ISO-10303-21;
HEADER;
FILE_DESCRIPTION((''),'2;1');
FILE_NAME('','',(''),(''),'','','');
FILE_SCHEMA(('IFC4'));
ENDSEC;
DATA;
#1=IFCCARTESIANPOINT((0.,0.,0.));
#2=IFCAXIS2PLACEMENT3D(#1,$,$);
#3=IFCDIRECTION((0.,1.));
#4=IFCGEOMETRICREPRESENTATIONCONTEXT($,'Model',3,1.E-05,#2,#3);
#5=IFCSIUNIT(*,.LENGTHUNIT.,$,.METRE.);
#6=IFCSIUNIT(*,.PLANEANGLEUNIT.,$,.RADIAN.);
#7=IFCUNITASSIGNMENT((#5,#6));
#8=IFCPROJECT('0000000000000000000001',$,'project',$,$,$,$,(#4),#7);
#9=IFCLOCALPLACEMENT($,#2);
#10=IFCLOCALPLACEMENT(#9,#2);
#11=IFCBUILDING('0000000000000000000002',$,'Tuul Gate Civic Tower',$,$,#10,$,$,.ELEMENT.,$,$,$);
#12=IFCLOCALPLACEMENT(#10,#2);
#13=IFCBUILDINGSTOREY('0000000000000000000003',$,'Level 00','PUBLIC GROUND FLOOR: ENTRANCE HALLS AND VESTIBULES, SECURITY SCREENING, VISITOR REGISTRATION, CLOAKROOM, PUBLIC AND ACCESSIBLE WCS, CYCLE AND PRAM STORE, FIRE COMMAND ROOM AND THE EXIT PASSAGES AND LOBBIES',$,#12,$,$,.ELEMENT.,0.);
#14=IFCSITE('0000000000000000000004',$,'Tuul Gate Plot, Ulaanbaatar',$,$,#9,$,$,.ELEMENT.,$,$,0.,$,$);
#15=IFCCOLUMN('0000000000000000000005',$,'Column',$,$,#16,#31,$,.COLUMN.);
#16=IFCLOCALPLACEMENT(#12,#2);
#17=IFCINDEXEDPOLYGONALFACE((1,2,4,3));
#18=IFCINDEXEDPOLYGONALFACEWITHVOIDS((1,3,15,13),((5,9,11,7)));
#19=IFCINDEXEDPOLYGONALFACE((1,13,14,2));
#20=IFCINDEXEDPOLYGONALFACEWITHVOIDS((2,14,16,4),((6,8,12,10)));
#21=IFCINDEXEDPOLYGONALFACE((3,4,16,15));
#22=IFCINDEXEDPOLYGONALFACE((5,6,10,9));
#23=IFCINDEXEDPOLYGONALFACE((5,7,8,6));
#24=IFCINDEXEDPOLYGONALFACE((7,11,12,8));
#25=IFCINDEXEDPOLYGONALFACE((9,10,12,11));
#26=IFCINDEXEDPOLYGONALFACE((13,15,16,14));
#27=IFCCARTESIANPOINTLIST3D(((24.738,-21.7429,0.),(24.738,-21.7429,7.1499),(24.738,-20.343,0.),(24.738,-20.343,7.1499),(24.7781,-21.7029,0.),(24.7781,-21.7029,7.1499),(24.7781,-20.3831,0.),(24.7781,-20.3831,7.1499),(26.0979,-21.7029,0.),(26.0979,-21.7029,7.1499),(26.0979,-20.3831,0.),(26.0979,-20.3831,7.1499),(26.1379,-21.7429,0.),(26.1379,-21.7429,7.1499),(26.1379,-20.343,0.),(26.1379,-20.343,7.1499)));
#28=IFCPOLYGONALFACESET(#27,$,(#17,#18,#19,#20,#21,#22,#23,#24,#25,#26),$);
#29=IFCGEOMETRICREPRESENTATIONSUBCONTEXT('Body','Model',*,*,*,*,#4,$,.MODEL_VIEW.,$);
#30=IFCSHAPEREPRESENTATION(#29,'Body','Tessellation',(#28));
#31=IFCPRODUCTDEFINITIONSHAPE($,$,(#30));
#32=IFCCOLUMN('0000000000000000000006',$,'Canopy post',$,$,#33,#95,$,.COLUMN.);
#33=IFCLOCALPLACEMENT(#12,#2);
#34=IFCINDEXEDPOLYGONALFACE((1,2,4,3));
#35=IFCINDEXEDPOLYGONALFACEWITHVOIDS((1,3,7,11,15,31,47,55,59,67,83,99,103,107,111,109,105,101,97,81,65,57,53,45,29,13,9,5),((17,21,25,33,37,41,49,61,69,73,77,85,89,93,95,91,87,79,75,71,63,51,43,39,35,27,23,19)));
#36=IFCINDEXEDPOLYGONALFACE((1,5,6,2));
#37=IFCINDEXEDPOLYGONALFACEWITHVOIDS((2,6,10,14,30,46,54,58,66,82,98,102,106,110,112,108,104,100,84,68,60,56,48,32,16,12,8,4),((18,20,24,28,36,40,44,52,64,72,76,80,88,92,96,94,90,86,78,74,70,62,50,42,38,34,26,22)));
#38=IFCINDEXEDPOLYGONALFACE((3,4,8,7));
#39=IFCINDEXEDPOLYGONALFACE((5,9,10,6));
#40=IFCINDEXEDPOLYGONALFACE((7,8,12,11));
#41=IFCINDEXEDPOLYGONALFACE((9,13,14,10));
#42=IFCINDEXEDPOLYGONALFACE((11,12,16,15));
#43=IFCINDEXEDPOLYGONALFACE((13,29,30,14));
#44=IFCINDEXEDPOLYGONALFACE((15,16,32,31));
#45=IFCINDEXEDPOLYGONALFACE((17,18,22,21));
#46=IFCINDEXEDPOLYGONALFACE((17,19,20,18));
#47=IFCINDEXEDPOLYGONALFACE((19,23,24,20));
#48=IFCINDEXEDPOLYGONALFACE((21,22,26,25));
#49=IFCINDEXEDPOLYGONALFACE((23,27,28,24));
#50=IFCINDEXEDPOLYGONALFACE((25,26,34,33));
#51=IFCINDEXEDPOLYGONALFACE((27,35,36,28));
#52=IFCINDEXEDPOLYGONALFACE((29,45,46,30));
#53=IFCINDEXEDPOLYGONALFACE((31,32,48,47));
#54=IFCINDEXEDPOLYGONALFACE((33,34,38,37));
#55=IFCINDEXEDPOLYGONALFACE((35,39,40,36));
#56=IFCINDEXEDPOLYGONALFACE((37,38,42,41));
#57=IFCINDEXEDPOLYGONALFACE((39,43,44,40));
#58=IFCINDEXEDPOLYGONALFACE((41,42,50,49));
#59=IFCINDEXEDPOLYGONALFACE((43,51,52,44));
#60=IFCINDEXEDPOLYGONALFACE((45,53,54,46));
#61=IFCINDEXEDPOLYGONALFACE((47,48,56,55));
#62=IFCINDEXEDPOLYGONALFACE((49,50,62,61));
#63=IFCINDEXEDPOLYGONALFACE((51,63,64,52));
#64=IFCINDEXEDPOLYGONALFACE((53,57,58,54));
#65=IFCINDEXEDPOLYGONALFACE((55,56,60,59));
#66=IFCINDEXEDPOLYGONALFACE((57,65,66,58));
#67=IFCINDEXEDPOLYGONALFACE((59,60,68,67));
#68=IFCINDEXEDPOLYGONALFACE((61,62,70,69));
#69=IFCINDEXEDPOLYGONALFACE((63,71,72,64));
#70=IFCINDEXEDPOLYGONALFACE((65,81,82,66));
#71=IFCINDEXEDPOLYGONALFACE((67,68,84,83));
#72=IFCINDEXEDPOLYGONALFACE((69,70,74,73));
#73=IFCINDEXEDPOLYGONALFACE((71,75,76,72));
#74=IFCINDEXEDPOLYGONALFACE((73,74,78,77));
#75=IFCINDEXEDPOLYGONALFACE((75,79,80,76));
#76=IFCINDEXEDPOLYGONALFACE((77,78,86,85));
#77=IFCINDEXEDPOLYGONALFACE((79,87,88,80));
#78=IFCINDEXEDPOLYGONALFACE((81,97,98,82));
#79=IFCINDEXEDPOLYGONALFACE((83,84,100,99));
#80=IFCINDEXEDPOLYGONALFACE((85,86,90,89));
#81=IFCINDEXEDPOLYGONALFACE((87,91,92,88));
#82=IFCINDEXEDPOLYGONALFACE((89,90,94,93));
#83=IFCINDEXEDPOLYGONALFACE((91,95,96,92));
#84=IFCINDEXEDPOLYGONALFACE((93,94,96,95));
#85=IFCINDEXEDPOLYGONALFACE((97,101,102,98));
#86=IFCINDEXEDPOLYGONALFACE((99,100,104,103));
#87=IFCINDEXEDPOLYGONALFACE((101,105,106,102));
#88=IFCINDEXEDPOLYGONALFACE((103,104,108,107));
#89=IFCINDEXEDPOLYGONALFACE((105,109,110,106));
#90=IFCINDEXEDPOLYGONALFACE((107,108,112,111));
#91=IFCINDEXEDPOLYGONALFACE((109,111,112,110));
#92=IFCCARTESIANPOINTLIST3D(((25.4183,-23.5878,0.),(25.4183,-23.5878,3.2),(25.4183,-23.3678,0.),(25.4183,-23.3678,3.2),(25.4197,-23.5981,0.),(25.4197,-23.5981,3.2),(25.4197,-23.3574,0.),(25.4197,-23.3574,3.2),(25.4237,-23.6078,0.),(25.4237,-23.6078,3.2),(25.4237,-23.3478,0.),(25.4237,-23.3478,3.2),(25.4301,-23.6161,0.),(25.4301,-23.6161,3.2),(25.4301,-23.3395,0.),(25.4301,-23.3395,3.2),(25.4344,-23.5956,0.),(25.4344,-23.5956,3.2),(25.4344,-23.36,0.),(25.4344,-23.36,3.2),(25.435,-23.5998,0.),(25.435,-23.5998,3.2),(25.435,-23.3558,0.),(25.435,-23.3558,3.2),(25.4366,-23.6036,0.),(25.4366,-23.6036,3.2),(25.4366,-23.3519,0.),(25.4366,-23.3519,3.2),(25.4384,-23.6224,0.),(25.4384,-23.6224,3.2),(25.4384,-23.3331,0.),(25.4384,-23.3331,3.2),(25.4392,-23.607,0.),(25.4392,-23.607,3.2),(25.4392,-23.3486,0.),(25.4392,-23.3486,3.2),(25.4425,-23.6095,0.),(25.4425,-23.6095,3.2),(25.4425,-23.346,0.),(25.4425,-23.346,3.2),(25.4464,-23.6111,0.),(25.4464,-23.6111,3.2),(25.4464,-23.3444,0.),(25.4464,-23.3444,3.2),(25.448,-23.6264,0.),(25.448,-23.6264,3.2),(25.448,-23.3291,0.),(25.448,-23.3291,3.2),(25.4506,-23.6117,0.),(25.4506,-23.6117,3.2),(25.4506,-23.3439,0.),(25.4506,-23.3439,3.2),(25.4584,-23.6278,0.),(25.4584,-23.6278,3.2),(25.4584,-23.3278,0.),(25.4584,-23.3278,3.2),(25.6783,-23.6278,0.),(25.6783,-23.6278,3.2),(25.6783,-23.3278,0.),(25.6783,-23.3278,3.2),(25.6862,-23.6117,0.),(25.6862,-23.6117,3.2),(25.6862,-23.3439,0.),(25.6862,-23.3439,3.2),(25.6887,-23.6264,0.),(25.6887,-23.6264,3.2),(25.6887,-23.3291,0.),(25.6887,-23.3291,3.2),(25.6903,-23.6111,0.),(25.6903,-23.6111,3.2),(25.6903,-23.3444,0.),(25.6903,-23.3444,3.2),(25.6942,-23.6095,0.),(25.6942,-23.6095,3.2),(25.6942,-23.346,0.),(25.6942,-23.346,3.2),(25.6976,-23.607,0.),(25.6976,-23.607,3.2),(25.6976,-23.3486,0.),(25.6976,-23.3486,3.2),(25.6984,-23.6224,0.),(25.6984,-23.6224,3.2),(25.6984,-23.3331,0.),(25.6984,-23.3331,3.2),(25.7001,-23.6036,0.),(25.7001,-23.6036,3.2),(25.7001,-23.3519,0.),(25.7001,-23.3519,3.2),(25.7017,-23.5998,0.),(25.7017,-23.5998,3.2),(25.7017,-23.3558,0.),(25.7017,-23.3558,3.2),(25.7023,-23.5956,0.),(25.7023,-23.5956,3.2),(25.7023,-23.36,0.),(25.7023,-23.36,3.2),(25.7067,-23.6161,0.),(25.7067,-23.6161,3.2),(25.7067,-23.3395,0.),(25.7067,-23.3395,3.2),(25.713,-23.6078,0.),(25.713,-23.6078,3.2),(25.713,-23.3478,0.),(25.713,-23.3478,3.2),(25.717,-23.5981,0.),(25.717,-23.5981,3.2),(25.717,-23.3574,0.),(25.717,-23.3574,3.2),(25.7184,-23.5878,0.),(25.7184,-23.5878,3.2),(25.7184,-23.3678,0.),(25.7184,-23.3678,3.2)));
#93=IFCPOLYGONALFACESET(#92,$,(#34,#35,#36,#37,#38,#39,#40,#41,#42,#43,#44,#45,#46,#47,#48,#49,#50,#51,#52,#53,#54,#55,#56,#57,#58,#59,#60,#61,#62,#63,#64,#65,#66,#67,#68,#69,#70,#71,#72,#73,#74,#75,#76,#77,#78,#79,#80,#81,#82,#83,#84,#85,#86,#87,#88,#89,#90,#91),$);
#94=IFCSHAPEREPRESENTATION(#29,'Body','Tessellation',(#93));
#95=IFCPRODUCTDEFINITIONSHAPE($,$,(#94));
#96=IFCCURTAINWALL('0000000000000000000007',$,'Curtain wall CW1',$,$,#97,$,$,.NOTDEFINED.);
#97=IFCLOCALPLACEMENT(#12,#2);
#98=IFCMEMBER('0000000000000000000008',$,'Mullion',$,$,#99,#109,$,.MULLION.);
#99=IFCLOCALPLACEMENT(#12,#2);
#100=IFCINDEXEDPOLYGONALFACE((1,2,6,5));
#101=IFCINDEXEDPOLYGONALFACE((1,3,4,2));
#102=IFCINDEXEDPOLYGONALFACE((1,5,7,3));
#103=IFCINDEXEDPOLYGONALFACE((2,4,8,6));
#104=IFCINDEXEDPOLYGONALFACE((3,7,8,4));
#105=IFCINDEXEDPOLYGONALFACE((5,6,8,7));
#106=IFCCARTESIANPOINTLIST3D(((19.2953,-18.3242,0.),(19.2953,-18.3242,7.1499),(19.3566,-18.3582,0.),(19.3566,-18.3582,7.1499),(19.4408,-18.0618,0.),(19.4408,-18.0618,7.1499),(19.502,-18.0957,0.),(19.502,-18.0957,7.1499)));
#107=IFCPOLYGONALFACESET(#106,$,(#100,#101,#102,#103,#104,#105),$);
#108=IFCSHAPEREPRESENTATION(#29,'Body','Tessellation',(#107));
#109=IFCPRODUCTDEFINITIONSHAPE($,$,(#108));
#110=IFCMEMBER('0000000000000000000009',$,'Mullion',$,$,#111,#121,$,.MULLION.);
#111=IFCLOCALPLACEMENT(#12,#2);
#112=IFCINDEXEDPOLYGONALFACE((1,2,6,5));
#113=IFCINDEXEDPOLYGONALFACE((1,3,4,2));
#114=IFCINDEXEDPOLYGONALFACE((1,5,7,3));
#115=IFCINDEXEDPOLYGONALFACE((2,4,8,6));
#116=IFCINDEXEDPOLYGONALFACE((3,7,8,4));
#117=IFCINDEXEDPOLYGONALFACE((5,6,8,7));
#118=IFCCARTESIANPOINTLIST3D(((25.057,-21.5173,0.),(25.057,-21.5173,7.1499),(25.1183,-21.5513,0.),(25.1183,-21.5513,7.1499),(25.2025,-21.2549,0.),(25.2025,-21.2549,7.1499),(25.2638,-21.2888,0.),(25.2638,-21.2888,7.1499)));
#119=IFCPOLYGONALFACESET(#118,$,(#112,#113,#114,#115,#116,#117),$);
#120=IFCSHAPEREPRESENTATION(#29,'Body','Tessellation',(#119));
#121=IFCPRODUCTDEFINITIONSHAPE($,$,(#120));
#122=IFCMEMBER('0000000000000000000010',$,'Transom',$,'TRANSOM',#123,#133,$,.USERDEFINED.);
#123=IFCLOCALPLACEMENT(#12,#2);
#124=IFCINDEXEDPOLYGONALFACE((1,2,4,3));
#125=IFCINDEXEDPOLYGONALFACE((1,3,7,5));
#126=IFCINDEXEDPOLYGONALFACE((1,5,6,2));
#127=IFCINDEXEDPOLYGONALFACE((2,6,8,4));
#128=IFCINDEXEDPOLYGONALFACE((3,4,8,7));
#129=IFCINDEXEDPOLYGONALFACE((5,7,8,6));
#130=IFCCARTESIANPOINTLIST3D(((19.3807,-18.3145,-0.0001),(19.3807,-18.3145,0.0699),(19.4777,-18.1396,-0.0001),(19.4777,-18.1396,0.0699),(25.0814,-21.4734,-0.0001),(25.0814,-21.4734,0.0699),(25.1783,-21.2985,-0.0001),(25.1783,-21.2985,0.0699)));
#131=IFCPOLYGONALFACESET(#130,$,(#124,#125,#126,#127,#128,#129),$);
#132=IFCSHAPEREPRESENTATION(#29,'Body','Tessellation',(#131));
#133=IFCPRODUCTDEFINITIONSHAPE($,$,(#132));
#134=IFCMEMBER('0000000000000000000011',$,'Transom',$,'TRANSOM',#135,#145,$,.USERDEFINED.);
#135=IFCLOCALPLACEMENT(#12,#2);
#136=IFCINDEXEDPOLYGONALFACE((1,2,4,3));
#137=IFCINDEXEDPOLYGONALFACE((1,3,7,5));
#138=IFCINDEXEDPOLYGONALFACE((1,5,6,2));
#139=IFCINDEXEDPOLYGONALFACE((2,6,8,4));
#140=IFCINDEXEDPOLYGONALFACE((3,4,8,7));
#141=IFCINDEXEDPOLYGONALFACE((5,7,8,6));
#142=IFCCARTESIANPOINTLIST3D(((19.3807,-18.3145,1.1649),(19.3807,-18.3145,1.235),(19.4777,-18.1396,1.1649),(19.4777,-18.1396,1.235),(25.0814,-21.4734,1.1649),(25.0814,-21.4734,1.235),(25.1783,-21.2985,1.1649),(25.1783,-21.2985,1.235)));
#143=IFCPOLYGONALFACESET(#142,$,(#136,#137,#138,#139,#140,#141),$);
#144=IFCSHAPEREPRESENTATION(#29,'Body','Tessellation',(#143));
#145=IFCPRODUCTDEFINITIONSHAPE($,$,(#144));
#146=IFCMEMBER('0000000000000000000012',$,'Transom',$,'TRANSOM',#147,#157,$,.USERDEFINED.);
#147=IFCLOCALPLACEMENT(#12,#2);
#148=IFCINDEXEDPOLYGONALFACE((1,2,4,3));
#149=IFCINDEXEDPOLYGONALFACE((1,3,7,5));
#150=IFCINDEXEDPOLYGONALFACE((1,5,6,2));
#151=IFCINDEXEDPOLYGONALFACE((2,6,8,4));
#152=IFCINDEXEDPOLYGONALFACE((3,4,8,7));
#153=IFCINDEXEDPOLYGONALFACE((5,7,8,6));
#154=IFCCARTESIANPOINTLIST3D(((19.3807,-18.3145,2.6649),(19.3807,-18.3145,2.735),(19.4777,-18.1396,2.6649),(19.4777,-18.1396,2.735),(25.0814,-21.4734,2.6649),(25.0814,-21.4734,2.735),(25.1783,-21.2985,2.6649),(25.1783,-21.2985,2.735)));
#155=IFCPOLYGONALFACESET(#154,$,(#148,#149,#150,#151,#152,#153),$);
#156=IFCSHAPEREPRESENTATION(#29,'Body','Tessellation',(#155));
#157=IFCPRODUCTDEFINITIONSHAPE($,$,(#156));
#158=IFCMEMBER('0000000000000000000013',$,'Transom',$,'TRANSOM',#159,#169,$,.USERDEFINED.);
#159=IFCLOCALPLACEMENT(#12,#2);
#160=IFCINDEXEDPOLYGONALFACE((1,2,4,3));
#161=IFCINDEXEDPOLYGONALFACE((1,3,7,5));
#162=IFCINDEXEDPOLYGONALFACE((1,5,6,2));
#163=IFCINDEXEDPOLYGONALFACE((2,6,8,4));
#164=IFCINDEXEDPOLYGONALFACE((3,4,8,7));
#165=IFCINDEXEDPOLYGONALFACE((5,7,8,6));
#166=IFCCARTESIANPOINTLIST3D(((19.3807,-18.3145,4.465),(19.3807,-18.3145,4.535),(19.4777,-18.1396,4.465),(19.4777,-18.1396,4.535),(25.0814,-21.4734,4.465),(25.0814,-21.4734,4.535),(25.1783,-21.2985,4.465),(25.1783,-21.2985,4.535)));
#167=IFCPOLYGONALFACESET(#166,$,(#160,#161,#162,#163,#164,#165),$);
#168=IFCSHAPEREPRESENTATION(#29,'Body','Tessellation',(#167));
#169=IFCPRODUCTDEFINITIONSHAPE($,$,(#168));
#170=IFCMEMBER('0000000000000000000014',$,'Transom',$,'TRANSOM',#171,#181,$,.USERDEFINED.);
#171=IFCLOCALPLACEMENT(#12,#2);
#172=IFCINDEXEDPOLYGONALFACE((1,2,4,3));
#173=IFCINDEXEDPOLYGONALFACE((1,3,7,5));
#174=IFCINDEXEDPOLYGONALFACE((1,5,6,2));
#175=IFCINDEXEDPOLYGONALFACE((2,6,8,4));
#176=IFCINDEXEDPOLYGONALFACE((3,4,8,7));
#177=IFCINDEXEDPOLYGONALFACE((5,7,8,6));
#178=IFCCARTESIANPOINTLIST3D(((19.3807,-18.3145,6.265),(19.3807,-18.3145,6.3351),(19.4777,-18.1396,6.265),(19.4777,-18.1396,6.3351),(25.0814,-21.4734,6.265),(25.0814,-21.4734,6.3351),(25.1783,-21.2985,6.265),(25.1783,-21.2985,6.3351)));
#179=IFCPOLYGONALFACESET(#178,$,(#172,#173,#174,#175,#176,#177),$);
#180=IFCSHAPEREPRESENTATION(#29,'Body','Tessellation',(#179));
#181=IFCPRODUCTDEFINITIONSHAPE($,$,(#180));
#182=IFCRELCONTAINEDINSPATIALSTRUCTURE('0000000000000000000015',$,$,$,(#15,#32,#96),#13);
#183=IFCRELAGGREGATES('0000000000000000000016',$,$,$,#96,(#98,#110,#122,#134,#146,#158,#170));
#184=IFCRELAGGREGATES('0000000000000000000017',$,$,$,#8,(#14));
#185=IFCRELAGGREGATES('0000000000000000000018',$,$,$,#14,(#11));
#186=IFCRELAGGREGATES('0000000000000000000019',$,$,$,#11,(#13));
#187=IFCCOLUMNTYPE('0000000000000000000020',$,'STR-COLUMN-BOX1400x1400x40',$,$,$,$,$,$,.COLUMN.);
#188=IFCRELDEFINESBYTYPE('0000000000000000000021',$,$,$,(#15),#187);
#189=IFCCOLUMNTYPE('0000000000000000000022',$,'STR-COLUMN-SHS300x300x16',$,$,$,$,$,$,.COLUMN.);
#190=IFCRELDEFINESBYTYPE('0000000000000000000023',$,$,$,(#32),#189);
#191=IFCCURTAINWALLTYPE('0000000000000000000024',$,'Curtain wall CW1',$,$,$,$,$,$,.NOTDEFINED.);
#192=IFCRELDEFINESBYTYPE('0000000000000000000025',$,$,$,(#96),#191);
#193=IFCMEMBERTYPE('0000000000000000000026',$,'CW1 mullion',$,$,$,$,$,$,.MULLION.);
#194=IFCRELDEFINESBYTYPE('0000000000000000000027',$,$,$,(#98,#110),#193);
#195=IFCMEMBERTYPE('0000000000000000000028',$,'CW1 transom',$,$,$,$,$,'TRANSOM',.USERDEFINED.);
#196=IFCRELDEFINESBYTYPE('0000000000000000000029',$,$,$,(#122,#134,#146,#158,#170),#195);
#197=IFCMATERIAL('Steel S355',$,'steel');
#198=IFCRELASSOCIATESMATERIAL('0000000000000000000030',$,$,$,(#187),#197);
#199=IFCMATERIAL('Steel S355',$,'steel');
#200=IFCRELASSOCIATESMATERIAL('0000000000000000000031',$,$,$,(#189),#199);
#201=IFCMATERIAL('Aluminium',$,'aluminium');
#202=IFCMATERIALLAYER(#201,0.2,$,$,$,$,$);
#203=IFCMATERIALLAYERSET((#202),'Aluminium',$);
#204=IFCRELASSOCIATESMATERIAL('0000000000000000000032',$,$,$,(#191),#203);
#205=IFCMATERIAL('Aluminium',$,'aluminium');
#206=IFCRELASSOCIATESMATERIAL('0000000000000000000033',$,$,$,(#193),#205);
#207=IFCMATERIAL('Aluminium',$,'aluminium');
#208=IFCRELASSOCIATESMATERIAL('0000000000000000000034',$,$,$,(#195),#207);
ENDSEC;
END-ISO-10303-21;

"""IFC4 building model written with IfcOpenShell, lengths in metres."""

from ifc_helpers import new_model, si_unit, direction, frame, origin, origin_2d, place, context, subcontext, project, spatial, rectangle, hollow_rectangle, extrude, material, layer, layer_set, material_profile, profile_set, type_object, element, aggregate, save


model = new_model("IFC4")

# Units and contexts
model_context = context("Model", 3, precision=1e-05, world=origin(), true_north=direction((0.0, 1.0)))
body_context = subcontext(model_context, "Body", "Model", "MODEL_VIEW")
ifc_project = project(units=[si_unit("LENGTHUNIT", "METRE"), si_unit("PLANEANGLEUNIT", "RADIAN")], contexts=[model_context])

# Site, building, storey
site_placement = place(None, origin())
site = spatial("IfcSite", under=ifc_project, at=site_placement, Name="Tuul Gate Plot, Ulaanbaatar", CompositionType="ELEMENT", RefElevation=0.0)
building_placement = place(site_placement, origin())
building = spatial("IfcBuilding", under=site, at=building_placement, Name="Tuul Gate Civic Tower", CompositionType="ELEMENT")
storey_placement = place(building_placement, origin())
storey = spatial("IfcBuildingStorey", under=building, at=storey_placement, Name="Level 00", Description="PUBLIC GROUND FLOOR: ENTRANCE HALLS AND VESTIBULES, SECURITY SCREENING, VISITOR REGISTRATION, CLOAKROOM, PUBLIC AND ACCESSIBLE WCS, CYCLE AND PRAM STORE, FIRE COMMAND ROOM AND THE EXIT PASSAGES AND LOBBIES", CompositionType="ELEMENT", Elevation=0.0)

# Columns
ifc_material_1 = material(Name="Steel S355", Category="steel")
ifc_material_profile_1 = material_profile(ifc_material_1, hollow_rectangle(XDim=1.3999, YDim=1.3999, WallThickness=0.04, at=origin_2d()), Name="BOX1400x1400x40")
ifc_profile_set_1 = profile_set([ifc_material_profile_1], Name="Steel S355")
column_type_1 = type_object("IfcColumnType", Name="STR-COLUMN-BOX1400x1400x40", PredefinedType="COLUMN", material=ifc_profile_set_1)
column_1_placement = place(storey_placement, frame((25.438, -21.043, 0.0), z_axis=(0.0, 0.0, 1.0), x_axis=(1.0, 0.0, 0.0)))
element("IfcColumn", 1, at=column_1_placement, inside=storey, type_object=column_type_1, Name="Column", PredefinedType="COLUMN", context=body_context, shape_type="SweptSolid", body=[
    extrude(hollow_rectangle(XDim=1.3999, YDim=1.3999, WallThickness=0.04, at=origin_2d()), origin(), (0.0, 0.0, 1.0), 7.1499),
])
ifc_material_2 = material(Name="Steel S355", Category="steel")
ifc_material_profile_2 = material_profile(ifc_material_2, hollow_rectangle(XDim=0.3, YDim=0.3, WallThickness=0.0161, InnerFilletRadius=0.0161, OuterFilletRadius=0.04, at=origin_2d()), Name="SHS300x300x16")
ifc_profile_set_2 = profile_set([ifc_material_profile_2], Name="Steel S355")
column_type_2 = type_object("IfcColumnType", Name="STR-COLUMN-SHS300x300x16", PredefinedType="COLUMN", material=ifc_profile_set_2)
column_2_placement = place(storey_placement, frame((25.5684, -23.4778, 0.0), z_axis=(0.0, 0.0, 1.0), x_axis=(1.0, 0.0, 0.0)))
element("IfcColumn", 2, at=column_2_placement, inside=storey, type_object=column_type_2, Name="Canopy post", PredefinedType="COLUMN", context=body_context, shape_type="SweptSolid", body=[
    extrude(hollow_rectangle(XDim=0.3, YDim=0.3, WallThickness=0.0161, InnerFilletRadius=0.0161, OuterFilletRadius=0.04, at=origin_2d()), origin(), (0.0, 0.0, 1.0), 3.2),
])

# Curtain wall, members
ifc_material_3 = material(Name="Aluminium", Category="aluminium")
ifc_layer_1 = layer(ifc_material_3, 0.2)
ifc_layer_set_1 = layer_set([ifc_layer_1], Name="Aluminium")
curtain_wall_type_1 = type_object("IfcCurtainWallType", Name="Curtain wall CW1", PredefinedType="NOTDEFINED", material=ifc_layer_set_1)
curtain_wall_1_placement = place(storey_placement, origin())
curtain_wall_1 = element("IfcCurtainWall", 3, at=curtain_wall_1_placement, inside=storey, type_object=curtain_wall_type_1, Name="Curtain wall CW1", PredefinedType="NOTDEFINED")
ifc_material_4 = material(Name="Aluminium", Category="aluminium")
ifc_material_profile_3 = material_profile(ifc_material_4, rectangle(XDim=0.3, YDim=0.0701, at=origin_2d()), Name="CW1 mullion")
ifc_profile_set_3 = profile_set([ifc_material_profile_3], Name="Aluminium")
member_type_1 = type_object("IfcMemberType", Name="CW1 mullion", PredefinedType="MULLION", material=ifc_profile_set_3)
member_1_placement = place(storey_placement, frame((19.3987, -18.21, 0.0), z_axis=(0.0, 0.0, 1.0), x_axis=(0.484724, 0.874667, 0.0)))
member_1 = element("IfcMember", 4, at=member_1_placement, type_object=member_type_1, Name="Mullion", PredefinedType="MULLION", context=body_context, shape_type="SweptSolid", body=[
    extrude(rectangle(XDim=0.3, YDim=0.0701, at=origin_2d()), origin(), (0.0, 0.0, 1.0), 7.1499),
])
member_2_placement = place(storey_placement, frame((25.1604, -21.4031, 0.0), z_axis=(0.0, 0.0, 1.0), x_axis=(0.484724, 0.874667, 0.0)))
member_2 = element("IfcMember", 5, at=member_2_placement, type_object=member_type_1, Name="Mullion", PredefinedType="MULLION", context=body_context, shape_type="SweptSolid", body=[
    extrude(rectangle(XDim=0.3, YDim=0.0701, at=origin_2d()), origin(), (0.0, 0.0, 1.0), 7.1499),
])
ifc_material_5 = material(Name="Aluminium", Category="aluminium")
ifc_material_profile_4 = material_profile(ifc_material_5, rectangle(XDim=0.2, YDim=0.0701, at=origin_2d()), Name="CW1 transom")
ifc_profile_set_4 = profile_set([ifc_material_profile_4], Name="Aluminium")
member_type_2 = type_object("IfcMemberType", Name="CW1 transom", ElementType="TRANSOM", PredefinedType="USERDEFINED", material=ifc_profile_set_4)
member_3_placement = place(storey_placement, frame((19.4292, -18.2271, 0.0349), z_axis=(0.874685, -0.484692, 0.0), x_axis=(0.484692, 0.874685, 0.0)))
member_3 = element("IfcMember", 6, at=member_3_placement, type_object=member_type_2, Name="Transom", ObjectType="TRANSOM", PredefinedType="USERDEFINED", context=body_context, shape_type="SweptSolid", body=[
    extrude(rectangle(XDim=0.2, YDim=0.0701, at=origin_2d()), origin(), (0.0, 0.0, 1.0), 6.5173),
])
member_4_placement = place(storey_placement, frame((19.4292, -18.2271, 1.2), z_axis=(0.874685, -0.484692, 0.0), x_axis=(0.484692, 0.874685, 0.0)))
member_4 = element("IfcMember", 7, at=member_4_placement, type_object=member_type_2, Name="Transom", ObjectType="TRANSOM", PredefinedType="USERDEFINED", context=body_context, shape_type="SweptSolid", body=[
    extrude(rectangle(XDim=0.2, YDim=0.0701, at=origin_2d()), origin(), (0.0, 0.0, 1.0), 6.5173),
])
member_5_placement = place(storey_placement, frame((19.4292, -18.2271, 2.7), z_axis=(0.874685, -0.484692, 0.0), x_axis=(0.484692, 0.874685, 0.0)))
member_5 = element("IfcMember", 8, at=member_5_placement, type_object=member_type_2, Name="Transom", ObjectType="TRANSOM", PredefinedType="USERDEFINED", context=body_context, shape_type="SweptSolid", body=[
    extrude(rectangle(XDim=0.2, YDim=0.0701, at=origin_2d()), origin(), (0.0, 0.0, 1.0), 6.5173),
])
member_6_placement = place(storey_placement, frame((19.4292, -18.2271, 4.5), z_axis=(0.874685, -0.484692, 0.0), x_axis=(0.484692, 0.874685, 0.0)))
member_6 = element("IfcMember", 9, at=member_6_placement, type_object=member_type_2, Name="Transom", ObjectType="TRANSOM", PredefinedType="USERDEFINED", context=body_context, shape_type="SweptSolid", body=[
    extrude(rectangle(XDim=0.2, YDim=0.0701, at=origin_2d()), origin(), (0.0, 0.0, 1.0), 6.5173),
])
member_7_placement = place(storey_placement, frame((19.4292, -18.2271, 6.3), z_axis=(0.874685, -0.484692, 0.0), x_axis=(0.484692, 0.874685, 0.0)))
member_7 = element("IfcMember", 10, at=member_7_placement, type_object=member_type_2, Name="Transom", ObjectType="TRANSOM", PredefinedType="USERDEFINED", context=body_context, shape_type="SweptSolid", body=[
    extrude(rectangle(XDim=0.2, YDim=0.0701, at=origin_2d()), origin(), (0.0, 0.0, 1.0), 6.5173),
])

aggregate(curtain_wall_1, [member_1, member_2, member_3, member_4, member_5, member_6, member_7])

save(model, "model.ifc")
